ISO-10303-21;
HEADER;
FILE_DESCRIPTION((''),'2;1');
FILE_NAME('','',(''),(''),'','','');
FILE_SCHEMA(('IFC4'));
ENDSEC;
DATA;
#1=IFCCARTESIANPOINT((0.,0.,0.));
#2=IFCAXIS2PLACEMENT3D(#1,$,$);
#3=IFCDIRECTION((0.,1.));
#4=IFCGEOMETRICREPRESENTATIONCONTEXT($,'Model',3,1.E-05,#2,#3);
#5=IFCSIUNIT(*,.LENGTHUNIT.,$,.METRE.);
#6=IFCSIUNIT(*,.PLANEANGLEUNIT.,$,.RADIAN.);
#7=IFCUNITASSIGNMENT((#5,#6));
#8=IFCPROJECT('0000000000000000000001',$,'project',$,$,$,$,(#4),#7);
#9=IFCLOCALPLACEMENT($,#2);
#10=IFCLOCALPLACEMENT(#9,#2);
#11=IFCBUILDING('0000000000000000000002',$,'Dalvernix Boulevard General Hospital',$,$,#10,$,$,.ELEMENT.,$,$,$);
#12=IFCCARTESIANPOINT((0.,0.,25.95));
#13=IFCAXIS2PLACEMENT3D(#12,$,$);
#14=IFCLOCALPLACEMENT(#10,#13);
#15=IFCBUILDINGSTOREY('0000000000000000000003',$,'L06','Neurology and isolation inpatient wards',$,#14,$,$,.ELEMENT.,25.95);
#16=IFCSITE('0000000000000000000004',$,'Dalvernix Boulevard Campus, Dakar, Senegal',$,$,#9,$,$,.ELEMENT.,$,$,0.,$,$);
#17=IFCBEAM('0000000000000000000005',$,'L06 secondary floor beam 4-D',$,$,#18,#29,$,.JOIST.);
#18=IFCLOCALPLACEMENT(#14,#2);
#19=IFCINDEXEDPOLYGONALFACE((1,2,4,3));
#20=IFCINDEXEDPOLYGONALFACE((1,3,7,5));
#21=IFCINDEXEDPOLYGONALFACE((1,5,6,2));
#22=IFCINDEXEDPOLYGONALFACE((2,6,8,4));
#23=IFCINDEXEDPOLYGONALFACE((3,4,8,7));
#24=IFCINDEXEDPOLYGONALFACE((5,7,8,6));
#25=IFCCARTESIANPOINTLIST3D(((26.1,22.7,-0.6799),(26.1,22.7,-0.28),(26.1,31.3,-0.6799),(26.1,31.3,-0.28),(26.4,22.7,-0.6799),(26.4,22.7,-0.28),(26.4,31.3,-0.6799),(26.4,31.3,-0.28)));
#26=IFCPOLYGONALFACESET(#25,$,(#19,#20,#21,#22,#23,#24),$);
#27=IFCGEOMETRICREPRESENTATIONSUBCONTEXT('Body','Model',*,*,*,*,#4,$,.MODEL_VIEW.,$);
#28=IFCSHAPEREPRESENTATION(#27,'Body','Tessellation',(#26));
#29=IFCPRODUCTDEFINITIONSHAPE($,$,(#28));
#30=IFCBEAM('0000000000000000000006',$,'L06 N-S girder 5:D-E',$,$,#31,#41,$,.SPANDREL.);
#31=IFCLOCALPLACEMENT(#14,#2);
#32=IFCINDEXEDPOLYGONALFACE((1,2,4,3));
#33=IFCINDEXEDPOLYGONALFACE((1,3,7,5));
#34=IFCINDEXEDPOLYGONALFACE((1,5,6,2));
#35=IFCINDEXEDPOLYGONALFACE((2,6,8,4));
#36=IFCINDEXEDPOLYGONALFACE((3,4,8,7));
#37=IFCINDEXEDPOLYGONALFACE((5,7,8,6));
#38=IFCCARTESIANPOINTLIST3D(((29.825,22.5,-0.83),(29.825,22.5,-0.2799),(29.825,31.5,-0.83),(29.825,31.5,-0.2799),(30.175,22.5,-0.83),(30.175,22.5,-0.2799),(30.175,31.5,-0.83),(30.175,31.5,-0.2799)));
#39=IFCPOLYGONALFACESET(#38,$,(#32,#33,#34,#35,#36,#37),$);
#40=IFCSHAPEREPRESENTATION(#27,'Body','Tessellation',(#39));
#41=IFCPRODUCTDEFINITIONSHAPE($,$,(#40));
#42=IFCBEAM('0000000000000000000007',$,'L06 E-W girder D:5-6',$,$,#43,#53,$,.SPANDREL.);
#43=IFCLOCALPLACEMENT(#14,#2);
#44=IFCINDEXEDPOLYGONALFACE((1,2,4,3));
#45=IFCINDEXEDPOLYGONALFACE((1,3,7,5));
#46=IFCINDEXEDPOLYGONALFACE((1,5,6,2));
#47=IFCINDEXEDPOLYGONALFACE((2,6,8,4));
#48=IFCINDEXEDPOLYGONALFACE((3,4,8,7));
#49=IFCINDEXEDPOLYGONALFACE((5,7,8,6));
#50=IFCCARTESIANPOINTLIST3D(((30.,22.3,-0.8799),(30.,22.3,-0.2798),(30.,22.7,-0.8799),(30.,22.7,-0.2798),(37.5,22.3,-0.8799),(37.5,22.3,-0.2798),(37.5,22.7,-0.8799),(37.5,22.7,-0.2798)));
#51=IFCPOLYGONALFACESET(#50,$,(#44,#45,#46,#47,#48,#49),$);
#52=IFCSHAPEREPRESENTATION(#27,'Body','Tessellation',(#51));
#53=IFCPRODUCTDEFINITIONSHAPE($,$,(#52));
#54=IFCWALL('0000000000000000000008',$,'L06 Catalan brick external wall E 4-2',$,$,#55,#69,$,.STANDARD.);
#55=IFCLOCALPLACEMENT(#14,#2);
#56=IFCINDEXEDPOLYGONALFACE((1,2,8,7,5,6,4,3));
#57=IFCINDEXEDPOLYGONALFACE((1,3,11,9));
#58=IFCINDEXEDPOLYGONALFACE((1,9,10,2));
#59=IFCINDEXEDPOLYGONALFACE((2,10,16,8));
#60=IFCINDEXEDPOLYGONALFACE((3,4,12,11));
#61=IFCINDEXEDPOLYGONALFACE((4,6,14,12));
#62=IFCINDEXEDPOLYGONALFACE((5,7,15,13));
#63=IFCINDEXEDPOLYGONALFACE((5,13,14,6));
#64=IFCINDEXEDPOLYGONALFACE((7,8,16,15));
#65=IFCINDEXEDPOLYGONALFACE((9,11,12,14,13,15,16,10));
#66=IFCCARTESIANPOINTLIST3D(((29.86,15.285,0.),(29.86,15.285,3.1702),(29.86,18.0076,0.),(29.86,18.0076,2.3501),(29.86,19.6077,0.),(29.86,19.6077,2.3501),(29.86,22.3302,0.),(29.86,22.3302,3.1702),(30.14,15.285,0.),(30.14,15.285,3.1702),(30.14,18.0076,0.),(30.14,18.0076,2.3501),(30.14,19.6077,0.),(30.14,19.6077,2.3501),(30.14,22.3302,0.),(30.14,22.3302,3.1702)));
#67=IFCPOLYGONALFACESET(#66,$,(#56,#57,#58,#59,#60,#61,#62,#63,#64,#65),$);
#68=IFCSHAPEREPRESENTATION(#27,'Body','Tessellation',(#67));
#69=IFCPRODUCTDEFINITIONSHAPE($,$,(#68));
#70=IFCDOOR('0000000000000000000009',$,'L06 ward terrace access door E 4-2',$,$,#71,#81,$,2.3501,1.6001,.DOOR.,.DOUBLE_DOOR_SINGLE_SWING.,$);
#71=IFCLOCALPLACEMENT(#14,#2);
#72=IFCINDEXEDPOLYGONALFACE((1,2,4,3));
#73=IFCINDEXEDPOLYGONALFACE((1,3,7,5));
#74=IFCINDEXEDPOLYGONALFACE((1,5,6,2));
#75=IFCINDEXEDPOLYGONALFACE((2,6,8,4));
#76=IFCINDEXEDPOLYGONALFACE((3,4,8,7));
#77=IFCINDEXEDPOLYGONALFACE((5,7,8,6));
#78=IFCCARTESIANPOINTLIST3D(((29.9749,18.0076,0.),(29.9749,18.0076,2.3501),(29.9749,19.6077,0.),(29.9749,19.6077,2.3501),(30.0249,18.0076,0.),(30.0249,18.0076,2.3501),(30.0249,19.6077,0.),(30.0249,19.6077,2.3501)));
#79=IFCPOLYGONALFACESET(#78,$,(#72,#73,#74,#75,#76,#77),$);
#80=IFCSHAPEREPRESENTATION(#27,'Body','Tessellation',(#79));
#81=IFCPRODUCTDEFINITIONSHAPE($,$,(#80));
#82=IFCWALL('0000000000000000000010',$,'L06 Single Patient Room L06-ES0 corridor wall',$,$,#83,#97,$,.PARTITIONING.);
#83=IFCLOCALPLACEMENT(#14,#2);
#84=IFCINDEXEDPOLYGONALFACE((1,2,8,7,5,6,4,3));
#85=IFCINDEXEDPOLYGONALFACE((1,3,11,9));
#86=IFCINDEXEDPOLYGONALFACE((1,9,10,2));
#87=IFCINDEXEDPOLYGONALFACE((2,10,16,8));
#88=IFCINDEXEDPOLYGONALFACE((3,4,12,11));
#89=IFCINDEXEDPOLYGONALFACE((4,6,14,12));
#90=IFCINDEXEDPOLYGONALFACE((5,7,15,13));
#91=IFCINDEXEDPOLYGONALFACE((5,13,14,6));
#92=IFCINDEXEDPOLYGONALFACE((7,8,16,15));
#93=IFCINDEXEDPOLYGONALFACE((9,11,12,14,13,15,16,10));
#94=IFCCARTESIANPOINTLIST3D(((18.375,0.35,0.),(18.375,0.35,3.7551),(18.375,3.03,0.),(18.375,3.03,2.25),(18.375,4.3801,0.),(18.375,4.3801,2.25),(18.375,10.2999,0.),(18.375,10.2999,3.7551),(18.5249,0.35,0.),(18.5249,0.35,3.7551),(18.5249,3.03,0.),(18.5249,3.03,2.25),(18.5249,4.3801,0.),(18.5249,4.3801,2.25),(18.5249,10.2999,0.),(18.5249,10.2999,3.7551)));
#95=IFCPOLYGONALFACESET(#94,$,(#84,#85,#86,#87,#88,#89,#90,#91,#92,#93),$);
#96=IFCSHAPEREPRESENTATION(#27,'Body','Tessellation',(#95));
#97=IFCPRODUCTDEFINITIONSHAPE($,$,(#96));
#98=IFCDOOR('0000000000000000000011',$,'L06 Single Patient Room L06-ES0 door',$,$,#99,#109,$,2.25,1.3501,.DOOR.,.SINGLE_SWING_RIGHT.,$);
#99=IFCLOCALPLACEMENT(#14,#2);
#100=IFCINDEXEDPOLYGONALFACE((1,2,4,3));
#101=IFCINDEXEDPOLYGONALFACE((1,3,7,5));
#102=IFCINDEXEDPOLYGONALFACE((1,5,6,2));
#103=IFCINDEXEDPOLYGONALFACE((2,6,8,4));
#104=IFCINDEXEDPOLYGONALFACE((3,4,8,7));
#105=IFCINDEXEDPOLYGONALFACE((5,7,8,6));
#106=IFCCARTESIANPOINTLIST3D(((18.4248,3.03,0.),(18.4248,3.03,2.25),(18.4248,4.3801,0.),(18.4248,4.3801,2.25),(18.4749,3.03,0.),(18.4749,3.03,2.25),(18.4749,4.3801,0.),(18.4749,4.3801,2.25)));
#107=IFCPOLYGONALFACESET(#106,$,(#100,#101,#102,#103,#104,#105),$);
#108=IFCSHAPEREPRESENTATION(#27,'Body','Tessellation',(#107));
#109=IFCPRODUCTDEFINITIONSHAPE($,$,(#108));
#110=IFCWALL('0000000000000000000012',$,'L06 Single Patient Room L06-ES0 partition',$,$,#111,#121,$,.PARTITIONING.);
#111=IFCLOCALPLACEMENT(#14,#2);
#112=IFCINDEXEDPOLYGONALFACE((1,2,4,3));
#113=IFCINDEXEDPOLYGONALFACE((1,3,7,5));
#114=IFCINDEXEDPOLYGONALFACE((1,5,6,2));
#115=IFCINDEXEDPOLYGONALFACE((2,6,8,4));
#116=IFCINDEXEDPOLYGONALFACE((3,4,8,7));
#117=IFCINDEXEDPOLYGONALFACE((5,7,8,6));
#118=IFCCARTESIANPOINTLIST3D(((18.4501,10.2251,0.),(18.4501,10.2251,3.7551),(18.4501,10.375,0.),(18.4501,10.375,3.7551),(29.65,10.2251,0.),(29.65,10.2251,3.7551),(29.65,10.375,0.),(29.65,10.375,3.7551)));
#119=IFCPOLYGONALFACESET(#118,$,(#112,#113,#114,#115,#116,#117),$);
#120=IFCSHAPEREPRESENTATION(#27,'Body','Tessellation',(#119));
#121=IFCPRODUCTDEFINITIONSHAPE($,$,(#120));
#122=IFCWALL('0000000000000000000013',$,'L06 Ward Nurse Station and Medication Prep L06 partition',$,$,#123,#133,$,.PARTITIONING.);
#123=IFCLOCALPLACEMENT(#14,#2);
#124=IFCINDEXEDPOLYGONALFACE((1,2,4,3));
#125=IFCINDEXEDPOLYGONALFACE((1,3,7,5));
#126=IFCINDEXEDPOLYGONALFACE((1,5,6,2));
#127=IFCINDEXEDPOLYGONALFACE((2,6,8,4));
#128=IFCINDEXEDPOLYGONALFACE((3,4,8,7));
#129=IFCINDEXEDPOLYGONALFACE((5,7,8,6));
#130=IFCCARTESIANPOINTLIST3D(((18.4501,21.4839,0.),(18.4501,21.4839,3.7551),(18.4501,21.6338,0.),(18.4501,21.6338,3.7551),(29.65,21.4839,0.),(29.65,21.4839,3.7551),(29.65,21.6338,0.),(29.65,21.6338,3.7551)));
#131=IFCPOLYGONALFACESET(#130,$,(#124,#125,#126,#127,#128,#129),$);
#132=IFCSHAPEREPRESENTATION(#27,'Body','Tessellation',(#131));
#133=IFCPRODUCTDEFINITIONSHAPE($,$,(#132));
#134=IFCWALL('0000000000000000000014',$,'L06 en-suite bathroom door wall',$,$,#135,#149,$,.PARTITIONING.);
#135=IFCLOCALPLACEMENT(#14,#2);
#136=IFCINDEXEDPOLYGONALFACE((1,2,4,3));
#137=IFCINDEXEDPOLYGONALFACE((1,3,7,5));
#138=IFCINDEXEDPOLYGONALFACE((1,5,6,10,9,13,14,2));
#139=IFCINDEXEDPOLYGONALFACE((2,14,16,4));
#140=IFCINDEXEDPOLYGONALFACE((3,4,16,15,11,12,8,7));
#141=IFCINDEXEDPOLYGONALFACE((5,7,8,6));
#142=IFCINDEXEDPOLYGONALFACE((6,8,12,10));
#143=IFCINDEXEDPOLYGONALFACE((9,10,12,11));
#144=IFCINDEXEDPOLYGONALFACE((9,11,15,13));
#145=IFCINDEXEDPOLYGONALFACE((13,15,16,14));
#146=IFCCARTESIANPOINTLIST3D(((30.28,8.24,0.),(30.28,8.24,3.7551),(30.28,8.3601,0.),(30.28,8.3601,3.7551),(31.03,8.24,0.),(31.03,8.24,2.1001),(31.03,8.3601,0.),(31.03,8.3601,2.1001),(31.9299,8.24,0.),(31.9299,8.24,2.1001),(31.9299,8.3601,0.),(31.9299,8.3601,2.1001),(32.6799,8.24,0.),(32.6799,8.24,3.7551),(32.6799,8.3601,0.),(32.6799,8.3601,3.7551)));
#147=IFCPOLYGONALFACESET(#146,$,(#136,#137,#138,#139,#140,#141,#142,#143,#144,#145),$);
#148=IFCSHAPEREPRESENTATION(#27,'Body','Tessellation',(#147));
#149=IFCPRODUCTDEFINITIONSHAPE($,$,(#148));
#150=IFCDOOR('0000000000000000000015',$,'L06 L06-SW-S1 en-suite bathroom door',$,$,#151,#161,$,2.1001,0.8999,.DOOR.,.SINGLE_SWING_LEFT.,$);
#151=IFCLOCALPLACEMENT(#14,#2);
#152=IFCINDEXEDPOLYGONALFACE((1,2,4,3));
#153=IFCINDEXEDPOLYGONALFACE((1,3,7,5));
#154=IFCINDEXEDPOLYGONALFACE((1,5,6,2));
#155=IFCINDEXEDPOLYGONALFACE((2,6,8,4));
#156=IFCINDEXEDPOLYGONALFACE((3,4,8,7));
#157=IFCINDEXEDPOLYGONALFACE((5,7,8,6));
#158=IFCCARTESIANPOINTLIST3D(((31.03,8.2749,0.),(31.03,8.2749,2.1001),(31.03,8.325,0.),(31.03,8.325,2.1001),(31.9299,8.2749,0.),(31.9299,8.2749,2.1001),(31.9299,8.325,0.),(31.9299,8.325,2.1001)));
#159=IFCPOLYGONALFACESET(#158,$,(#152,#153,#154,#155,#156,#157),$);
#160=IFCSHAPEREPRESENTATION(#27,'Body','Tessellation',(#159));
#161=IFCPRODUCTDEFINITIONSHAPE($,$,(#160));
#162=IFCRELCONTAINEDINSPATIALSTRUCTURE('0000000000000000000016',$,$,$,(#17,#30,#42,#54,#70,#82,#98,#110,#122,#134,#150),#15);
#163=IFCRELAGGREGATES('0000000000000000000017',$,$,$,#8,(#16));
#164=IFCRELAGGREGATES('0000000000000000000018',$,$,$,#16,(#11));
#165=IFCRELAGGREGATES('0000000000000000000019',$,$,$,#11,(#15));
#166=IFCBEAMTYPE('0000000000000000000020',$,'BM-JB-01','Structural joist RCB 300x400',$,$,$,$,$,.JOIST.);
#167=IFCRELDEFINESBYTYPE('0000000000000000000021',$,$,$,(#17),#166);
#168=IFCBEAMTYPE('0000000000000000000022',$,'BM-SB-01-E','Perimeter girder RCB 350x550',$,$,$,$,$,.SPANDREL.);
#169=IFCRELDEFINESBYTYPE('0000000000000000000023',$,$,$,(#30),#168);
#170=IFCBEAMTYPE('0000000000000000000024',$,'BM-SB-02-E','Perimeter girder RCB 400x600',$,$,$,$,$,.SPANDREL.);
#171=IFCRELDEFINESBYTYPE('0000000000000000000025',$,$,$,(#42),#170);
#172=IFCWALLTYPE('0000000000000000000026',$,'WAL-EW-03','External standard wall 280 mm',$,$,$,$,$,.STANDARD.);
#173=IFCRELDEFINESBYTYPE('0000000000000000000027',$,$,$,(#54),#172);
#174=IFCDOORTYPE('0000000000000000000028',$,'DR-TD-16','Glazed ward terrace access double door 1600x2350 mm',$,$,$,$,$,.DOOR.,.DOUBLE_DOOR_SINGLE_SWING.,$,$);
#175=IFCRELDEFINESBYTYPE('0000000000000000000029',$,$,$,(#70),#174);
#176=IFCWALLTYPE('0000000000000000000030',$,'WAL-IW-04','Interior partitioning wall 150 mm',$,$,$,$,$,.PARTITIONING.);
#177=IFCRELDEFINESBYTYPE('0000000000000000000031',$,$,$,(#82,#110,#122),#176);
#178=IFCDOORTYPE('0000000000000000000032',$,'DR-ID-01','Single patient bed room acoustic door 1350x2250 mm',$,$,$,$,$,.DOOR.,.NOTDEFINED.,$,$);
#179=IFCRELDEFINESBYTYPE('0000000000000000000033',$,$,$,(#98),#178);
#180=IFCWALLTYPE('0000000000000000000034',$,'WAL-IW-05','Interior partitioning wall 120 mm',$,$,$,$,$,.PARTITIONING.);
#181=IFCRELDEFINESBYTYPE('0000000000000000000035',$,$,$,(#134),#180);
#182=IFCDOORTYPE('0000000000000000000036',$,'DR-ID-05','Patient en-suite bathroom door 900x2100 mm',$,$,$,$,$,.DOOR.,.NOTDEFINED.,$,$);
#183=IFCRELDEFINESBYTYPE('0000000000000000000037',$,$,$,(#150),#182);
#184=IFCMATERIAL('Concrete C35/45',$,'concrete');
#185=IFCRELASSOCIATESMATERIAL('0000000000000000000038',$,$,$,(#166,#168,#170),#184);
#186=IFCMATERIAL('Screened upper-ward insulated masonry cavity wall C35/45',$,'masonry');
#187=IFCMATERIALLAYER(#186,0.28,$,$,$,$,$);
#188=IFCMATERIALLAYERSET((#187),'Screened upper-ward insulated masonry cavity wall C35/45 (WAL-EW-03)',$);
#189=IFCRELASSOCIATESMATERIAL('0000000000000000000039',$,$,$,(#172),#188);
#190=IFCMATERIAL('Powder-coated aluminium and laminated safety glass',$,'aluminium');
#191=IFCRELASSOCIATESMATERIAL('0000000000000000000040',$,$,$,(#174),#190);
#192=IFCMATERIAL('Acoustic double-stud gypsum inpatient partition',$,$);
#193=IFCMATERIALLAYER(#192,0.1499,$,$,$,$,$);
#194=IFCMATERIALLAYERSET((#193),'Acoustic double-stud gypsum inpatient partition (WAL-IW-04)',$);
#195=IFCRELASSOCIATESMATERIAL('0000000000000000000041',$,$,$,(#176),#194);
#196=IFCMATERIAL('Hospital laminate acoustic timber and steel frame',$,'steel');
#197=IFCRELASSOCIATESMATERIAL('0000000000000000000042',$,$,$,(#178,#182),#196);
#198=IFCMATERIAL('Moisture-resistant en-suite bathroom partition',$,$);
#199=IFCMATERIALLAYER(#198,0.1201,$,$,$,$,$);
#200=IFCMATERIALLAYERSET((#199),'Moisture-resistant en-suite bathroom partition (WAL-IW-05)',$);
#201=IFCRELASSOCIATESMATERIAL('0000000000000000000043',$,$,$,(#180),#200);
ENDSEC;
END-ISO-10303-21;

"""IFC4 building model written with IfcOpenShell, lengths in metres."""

from ifc_helpers import new_model, si_unit, direction, frame, frame_2d, origin, origin_2d, place, context, subcontext, project, spatial, rectangle, extrude, material, layer, layer_set, material_profile, profile_set, type_object, element, fill, save


model = new_model("IFC4")

# Units and contexts
model_context = context("Model", 3, precision=1e-05, world=origin(), true_north=direction((0.0, 1.0)))
body_context = subcontext(model_context, "Body", "Model", "MODEL_VIEW")
ifc_project = project(units=[si_unit("LENGTHUNIT", "METRE"), si_unit("PLANEANGLEUNIT", "RADIAN")], contexts=[model_context])

# Site, building, storey
site_placement = place(None, origin())
site = spatial("IfcSite", under=ifc_project, at=site_placement, Name="Dalvernix Boulevard Campus, Dakar, Senegal", CompositionType="ELEMENT", RefElevation=0.0)
building_placement = place(site_placement, origin())
building = spatial("IfcBuilding", under=site, at=building_placement, Name="Dalvernix Boulevard General Hospital", CompositionType="ELEMENT")
storey_placement = place(building_placement, frame((0.0, 0.0, 25.95)))
storey = spatial("IfcBuildingStorey", under=building, at=storey_placement, Name="L06", Description="Neurology and isolation inpatient wards", CompositionType="ELEMENT", Elevation=25.95)

# Beams
ifc_material_1 = material(Name="Concrete C35/45", Category="concrete")
ifc_material_profile_1 = material_profile(ifc_material_1, rectangle(XDim=0.3, YDim=0.3999, at=origin_2d()), Name="RCB 300x400")
ifc_profile_set_1 = profile_set([ifc_material_profile_1], Name="Concrete C35/45")
beam_type_1 = type_object("IfcBeamType", Name="BM-JB-01", Description="Structural joist RCB 300x400", PredefinedType="JOIST", material=ifc_profile_set_1)
for number, where, z_axis, x_axis, name in (
    (1, (26.25, 22.7, -0.48), (0.0, 1.0, 0.0), (-1.0, 0.0, 0.0), "L06 secondary floor beam 4-D"),
):
    element("IfcBeam", number, at=place(storey_placement, frame(where, z_axis=z_axis, x_axis=x_axis)), inside=storey, type_object=beam_type_1, Name=name, PredefinedType="JOIST", context=body_context, shape_type="SweptSolid", body=[
        extrude(rectangle(XDim=0.3, YDim=0.3999, at=origin_2d()), origin(), (0.0, 0.0, 1.0), 8.6001),
    ])
ifc_material_profile_2 = material_profile(ifc_material_1, rectangle(XDim=0.3501, YDim=0.55, at=origin_2d()), Name="RCB 350x550")
ifc_profile_set_2 = profile_set([ifc_material_profile_2], Name="Concrete C35/45")
beam_type_2 = type_object("IfcBeamType", Name="BM-SB-01-E", Description="Perimeter girder RCB 350x550", PredefinedType="SPANDREL", material=ifc_profile_set_2)
beam_1_placement = place(storey_placement, frame((30.0, 22.5, -0.5549), z_axis=(0.0, 1.0, 0.0), x_axis=(-1.0, 0.0, 0.0)))
element("IfcBeam", 2, at=beam_1_placement, inside=storey, type_object=beam_type_2, Name="L06 N-S girder 5:D-E", PredefinedType="SPANDREL", context=body_context, shape_type="SweptSolid", body=[
    extrude(rectangle(XDim=0.3501, YDim=0.55, at=origin_2d()), origin(), (0.0, 0.0, 1.0), 9.0),
])
ifc_material_profile_3 = material_profile(ifc_material_1, rectangle(XDim=0.3999, YDim=0.6001, at=origin_2d()), Name="RCB 400x600")
ifc_profile_set_3 = profile_set([ifc_material_profile_3], Name="Concrete C35/45")
beam_type_3 = type_object("IfcBeamType", Name="BM-SB-02-E", Description="Perimeter girder RCB 400x600", PredefinedType="SPANDREL", material=ifc_profile_set_3)
beam_2_placement = place(storey_placement, frame((30.0, 22.5, -0.5798), z_axis=(1.0, 0.0, 0.0), x_axis=(0.0, 1.0, 0.0)))
element("IfcBeam", 3, at=beam_2_placement, inside=storey, type_object=beam_type_3, Name="L06 E-W girder D:5-6", PredefinedType="SPANDREL", context=body_context, shape_type="SweptSolid", body=[
    extrude(rectangle(XDim=0.3999, YDim=0.6001, at=origin_2d()), origin(), (0.0, 0.0, 1.0), 7.5),
])

# Walls, openings, doors
ifc_material_2 = material(Name="Screened upper-ward insulated masonry cavity wall C35/45", Category="masonry")
ifc_layer_1 = layer(ifc_material_2, 0.28)
ifc_layer_set_1 = layer_set([ifc_layer_1], Name="Screened upper-ward insulated masonry cavity wall C35/45 (WAL-EW-03)")
wall_type_1 = type_object("IfcWallType", Name="WAL-EW-03", Description="External standard wall 280 mm", PredefinedType="STANDARD", material=ifc_layer_set_1)
wall_1_placement = place(storey_placement, frame((30.0, 22.3301, 0.0), z_axis=(0.0, 0.0, 1.0), x_axis=(0.0, -1.0, 0.0)))
wall_1 = element("IfcWall", 4, at=wall_1_placement, inside=storey, type_object=wall_type_1, Name="L06 Catalan brick external wall E 4-2", PredefinedType="STANDARD", context=body_context, shape_type="SweptSolid", body=[
    extrude(rectangle(XDim=7.0452, YDim=0.28, at=frame_2d((3.5225, 0.0))), origin(), (0.0, 0.0, 1.0), 3.1702),
])
opening_1_placement = place(wall_1_placement, frame((2.7224, 0.0, 0.0)))
opening_1 = element("IfcOpeningElement", 5, at=opening_1_placement, cuts=wall_1, PredefinedType="OPENING", context=body_context, shape_type="SweptSolid", body=[
    extrude(rectangle(XDim=1.6001, YDim=2.3501, at=frame_2d((0.8, 1.175))), frame((0.0, 0.1499, 0.0), z_axis=(0.0, -1.0, 0.0), x_axis=(1.0, 0.0, 0.0)), (0.0, 0.0, 1.0), 0.3),
])
ifc_material_3 = material(Name="Powder-coated aluminium and laminated safety glass", Category="aluminium")
door_type_1 = type_object("IfcDoorType", Name="DR-TD-16", Description="Glazed ward terrace access double door 1600x2350 mm", OperationType="DOUBLE_DOOR_SINGLE_SWING", PredefinedType="DOOR", material=ifc_material_3)
door_1_placement = place(opening_1_placement, origin())
door_1 = element("IfcDoor", 6, at=door_1_placement, inside=storey, type_object=door_type_1, Name="L06 ward terrace access door E 4-2", OperationType="DOUBLE_DOOR_SINGLE_SWING", OverallHeight=2.3501, OverallWidth=1.6001, PredefinedType="DOOR", context=body_context, shape_type="SweptSolid", body=[
    extrude(rectangle(XDim=1.6001, YDim=2.3501, at=frame_2d((0.8, 1.175))), frame((0.0, 0.0249, 0.0), z_axis=(0.0, -1.0, 0.0), x_axis=(1.0, 0.0, 0.0)), (0.0, 0.0, 1.0), 0.05),
])
fill(opening_1, door_1)
ifc_material_4 = material(Name="Acoustic double-stud gypsum inpatient partition")
ifc_layer_2 = layer(ifc_material_4, 0.1499)
ifc_layer_set_2 = layer_set([ifc_layer_2], Name="Acoustic double-stud gypsum inpatient partition (WAL-IW-04)")
wall_type_2 = type_object("IfcWallType", Name="WAL-IW-04", Description="Interior partitioning wall 150 mm", PredefinedType="PARTITIONING", material=ifc_layer_set_2)
wall_2_placement = place(storey_placement, frame((18.45, 10.3, 0.0), z_axis=(0.0, 0.0, 1.0), x_axis=(0.0, -1.0, 0.0)))
wall_2 = element("IfcWall", 7, at=wall_2_placement, inside=storey, type_object=wall_type_2, Name="L06 Single Patient Room L06-ES0 corridor wall", PredefinedType="PARTITIONING", context=body_context, shape_type="SweptSolid", body=[
    extrude(rectangle(XDim=9.95, YDim=0.1499, at=frame_2d((4.9751, 0.0))), origin(), (0.0, 0.0, 1.0), 3.7551),
])
opening_2_placement = place(wall_2_placement, frame((5.9199, 0.0, 0.0)))
opening_2 = element("IfcOpeningElement", 8, at=opening_2_placement, cuts=wall_2, PredefinedType="OPENING", context=body_context, shape_type="SweptSolid", body=[
    extrude(rectangle(XDim=1.3501, YDim=2.25, at=frame_2d((0.675, 1.125))), frame((0.0, 0.085, 0.0), z_axis=(0.0, -1.0, 0.0), x_axis=(1.0, 0.0, 0.0)), (0.0, 0.0, 1.0), 0.1699),
])
ifc_material_5 = material(Name="Hospital laminate acoustic timber and steel frame", Category="steel")
door_type_2 = type_object("IfcDoorType", Name="DR-ID-01", Description="Single patient bed room acoustic door 1350x2250 mm", OperationType="NOTDEFINED", PredefinedType="DOOR", material=ifc_material_5)
door_2_placement = place(opening_2_placement, origin())
door_2 = element("IfcDoor", 9, at=door_2_placement, inside=storey, type_object=door_type_2, Name="L06 Single Patient Room L06-ES0 door", OperationType="SINGLE_SWING_RIGHT", OverallHeight=2.25, OverallWidth=1.3501, PredefinedType="DOOR", context=body_context, shape_type="SweptSolid", body=[
    extrude(rectangle(XDim=1.3501, YDim=2.25, at=frame_2d((0.675, 1.125))), frame((0.0, 0.0249, 0.0), z_axis=(0.0, -1.0, 0.0), x_axis=(1.0, 0.0, 0.0)), (0.0, 0.0, 1.0), 0.05),
])
fill(opening_2, door_2)

# Walls
for number, where, z_axis, x_axis, name in (
    (10, (18.45, 10.3, 0.0), (0.0, 0.0, 1.0), (1.0, 0.0, 0.0), "L06 Single Patient Room L06-ES0 partition"),
    (11, (18.45, 21.5588, 0.0), (0.0, 0.0, 1.0), (1.0, 0.0, 0.0), "L06 Ward Nurse Station and Medication Prep L06 partition"),
):
    element("IfcWall", number, at=place(storey_placement, frame(where, z_axis=z_axis, x_axis=x_axis)), inside=storey, type_object=wall_type_2, Name=name, PredefinedType="PARTITIONING", context=body_context, shape_type="SweptSolid", body=[
        extrude(rectangle(XDim=11.2, YDim=0.1499, at=frame_2d((5.6001, 0.0))), origin(), (0.0, 0.0, 1.0), 3.7551),
    ])

# Wall, opening, door
ifc_material_6 = material(Name="Moisture-resistant en-suite bathroom partition")
ifc_layer_3 = layer(ifc_material_6, 0.1201)
ifc_layer_set_3 = layer_set([ifc_layer_3], Name="Moisture-resistant en-suite bathroom partition (WAL-IW-05)")
wall_type_3 = type_object("IfcWallType", Name="WAL-IW-05", Description="Interior partitioning wall 120 mm", PredefinedType="PARTITIONING", material=ifc_layer_set_3)
wall_3_placement = place(storey_placement, frame((30.28, 8.3, 0.0), z_axis=(0.0, 0.0, 1.0), x_axis=(1.0, 0.0, 0.0)))
wall_3 = element("IfcWall", 12, at=wall_3_placement, inside=storey, type_object=wall_type_3, Name="L06 en-suite bathroom door wall", PredefinedType="PARTITIONING", context=body_context, shape_type="SweptSolid", body=[
    extrude(rectangle(XDim=2.3999, YDim=0.1201, at=frame_2d((1.2, 0.0))), origin(), (0.0, 0.0, 1.0), 3.7551),
])
opening_3_placement = place(wall_3_placement, frame((0.75, 0.0, 0.0)))
opening_3 = element("IfcOpeningElement", 13, at=opening_3_placement, cuts=wall_3, PredefinedType="OPENING", context=body_context, shape_type="SweptSolid", body=[
    extrude(rectangle(XDim=0.8999, YDim=2.1001, at=frame_2d((0.45, 1.05))), frame((0.0, 0.0701, 0.0), z_axis=(0.0, -1.0, 0.0), x_axis=(1.0, 0.0, 0.0)), (0.0, 0.0, 1.0), 0.1401),
])
door_type_3 = type_object("IfcDoorType", Name="DR-ID-05", Description="Patient en-suite bathroom door 900x2100 mm", OperationType="NOTDEFINED", PredefinedType="DOOR", material=ifc_material_5)
door_3_placement = place(opening_3_placement, origin())
door_3 = element("IfcDoor", 14, at=door_3_placement, inside=storey, type_object=door_type_3, Name="L06 L06-SW-S1 en-suite bathroom door", OperationType="SINGLE_SWING_LEFT", OverallHeight=2.1001, OverallWidth=0.8999, PredefinedType="DOOR", context=body_context, shape_type="SweptSolid", body=[
    extrude(rectangle(XDim=0.8999, YDim=2.1001, at=frame_2d((0.45, 1.05))), frame((0.0, 0.0249, 0.0), z_axis=(0.0, -1.0, 0.0), x_axis=(1.0, 0.0, 0.0)), (0.0, 0.0, 1.0), 0.05),
])
fill(opening_3, door_3)

save(model, "model.ifc")
